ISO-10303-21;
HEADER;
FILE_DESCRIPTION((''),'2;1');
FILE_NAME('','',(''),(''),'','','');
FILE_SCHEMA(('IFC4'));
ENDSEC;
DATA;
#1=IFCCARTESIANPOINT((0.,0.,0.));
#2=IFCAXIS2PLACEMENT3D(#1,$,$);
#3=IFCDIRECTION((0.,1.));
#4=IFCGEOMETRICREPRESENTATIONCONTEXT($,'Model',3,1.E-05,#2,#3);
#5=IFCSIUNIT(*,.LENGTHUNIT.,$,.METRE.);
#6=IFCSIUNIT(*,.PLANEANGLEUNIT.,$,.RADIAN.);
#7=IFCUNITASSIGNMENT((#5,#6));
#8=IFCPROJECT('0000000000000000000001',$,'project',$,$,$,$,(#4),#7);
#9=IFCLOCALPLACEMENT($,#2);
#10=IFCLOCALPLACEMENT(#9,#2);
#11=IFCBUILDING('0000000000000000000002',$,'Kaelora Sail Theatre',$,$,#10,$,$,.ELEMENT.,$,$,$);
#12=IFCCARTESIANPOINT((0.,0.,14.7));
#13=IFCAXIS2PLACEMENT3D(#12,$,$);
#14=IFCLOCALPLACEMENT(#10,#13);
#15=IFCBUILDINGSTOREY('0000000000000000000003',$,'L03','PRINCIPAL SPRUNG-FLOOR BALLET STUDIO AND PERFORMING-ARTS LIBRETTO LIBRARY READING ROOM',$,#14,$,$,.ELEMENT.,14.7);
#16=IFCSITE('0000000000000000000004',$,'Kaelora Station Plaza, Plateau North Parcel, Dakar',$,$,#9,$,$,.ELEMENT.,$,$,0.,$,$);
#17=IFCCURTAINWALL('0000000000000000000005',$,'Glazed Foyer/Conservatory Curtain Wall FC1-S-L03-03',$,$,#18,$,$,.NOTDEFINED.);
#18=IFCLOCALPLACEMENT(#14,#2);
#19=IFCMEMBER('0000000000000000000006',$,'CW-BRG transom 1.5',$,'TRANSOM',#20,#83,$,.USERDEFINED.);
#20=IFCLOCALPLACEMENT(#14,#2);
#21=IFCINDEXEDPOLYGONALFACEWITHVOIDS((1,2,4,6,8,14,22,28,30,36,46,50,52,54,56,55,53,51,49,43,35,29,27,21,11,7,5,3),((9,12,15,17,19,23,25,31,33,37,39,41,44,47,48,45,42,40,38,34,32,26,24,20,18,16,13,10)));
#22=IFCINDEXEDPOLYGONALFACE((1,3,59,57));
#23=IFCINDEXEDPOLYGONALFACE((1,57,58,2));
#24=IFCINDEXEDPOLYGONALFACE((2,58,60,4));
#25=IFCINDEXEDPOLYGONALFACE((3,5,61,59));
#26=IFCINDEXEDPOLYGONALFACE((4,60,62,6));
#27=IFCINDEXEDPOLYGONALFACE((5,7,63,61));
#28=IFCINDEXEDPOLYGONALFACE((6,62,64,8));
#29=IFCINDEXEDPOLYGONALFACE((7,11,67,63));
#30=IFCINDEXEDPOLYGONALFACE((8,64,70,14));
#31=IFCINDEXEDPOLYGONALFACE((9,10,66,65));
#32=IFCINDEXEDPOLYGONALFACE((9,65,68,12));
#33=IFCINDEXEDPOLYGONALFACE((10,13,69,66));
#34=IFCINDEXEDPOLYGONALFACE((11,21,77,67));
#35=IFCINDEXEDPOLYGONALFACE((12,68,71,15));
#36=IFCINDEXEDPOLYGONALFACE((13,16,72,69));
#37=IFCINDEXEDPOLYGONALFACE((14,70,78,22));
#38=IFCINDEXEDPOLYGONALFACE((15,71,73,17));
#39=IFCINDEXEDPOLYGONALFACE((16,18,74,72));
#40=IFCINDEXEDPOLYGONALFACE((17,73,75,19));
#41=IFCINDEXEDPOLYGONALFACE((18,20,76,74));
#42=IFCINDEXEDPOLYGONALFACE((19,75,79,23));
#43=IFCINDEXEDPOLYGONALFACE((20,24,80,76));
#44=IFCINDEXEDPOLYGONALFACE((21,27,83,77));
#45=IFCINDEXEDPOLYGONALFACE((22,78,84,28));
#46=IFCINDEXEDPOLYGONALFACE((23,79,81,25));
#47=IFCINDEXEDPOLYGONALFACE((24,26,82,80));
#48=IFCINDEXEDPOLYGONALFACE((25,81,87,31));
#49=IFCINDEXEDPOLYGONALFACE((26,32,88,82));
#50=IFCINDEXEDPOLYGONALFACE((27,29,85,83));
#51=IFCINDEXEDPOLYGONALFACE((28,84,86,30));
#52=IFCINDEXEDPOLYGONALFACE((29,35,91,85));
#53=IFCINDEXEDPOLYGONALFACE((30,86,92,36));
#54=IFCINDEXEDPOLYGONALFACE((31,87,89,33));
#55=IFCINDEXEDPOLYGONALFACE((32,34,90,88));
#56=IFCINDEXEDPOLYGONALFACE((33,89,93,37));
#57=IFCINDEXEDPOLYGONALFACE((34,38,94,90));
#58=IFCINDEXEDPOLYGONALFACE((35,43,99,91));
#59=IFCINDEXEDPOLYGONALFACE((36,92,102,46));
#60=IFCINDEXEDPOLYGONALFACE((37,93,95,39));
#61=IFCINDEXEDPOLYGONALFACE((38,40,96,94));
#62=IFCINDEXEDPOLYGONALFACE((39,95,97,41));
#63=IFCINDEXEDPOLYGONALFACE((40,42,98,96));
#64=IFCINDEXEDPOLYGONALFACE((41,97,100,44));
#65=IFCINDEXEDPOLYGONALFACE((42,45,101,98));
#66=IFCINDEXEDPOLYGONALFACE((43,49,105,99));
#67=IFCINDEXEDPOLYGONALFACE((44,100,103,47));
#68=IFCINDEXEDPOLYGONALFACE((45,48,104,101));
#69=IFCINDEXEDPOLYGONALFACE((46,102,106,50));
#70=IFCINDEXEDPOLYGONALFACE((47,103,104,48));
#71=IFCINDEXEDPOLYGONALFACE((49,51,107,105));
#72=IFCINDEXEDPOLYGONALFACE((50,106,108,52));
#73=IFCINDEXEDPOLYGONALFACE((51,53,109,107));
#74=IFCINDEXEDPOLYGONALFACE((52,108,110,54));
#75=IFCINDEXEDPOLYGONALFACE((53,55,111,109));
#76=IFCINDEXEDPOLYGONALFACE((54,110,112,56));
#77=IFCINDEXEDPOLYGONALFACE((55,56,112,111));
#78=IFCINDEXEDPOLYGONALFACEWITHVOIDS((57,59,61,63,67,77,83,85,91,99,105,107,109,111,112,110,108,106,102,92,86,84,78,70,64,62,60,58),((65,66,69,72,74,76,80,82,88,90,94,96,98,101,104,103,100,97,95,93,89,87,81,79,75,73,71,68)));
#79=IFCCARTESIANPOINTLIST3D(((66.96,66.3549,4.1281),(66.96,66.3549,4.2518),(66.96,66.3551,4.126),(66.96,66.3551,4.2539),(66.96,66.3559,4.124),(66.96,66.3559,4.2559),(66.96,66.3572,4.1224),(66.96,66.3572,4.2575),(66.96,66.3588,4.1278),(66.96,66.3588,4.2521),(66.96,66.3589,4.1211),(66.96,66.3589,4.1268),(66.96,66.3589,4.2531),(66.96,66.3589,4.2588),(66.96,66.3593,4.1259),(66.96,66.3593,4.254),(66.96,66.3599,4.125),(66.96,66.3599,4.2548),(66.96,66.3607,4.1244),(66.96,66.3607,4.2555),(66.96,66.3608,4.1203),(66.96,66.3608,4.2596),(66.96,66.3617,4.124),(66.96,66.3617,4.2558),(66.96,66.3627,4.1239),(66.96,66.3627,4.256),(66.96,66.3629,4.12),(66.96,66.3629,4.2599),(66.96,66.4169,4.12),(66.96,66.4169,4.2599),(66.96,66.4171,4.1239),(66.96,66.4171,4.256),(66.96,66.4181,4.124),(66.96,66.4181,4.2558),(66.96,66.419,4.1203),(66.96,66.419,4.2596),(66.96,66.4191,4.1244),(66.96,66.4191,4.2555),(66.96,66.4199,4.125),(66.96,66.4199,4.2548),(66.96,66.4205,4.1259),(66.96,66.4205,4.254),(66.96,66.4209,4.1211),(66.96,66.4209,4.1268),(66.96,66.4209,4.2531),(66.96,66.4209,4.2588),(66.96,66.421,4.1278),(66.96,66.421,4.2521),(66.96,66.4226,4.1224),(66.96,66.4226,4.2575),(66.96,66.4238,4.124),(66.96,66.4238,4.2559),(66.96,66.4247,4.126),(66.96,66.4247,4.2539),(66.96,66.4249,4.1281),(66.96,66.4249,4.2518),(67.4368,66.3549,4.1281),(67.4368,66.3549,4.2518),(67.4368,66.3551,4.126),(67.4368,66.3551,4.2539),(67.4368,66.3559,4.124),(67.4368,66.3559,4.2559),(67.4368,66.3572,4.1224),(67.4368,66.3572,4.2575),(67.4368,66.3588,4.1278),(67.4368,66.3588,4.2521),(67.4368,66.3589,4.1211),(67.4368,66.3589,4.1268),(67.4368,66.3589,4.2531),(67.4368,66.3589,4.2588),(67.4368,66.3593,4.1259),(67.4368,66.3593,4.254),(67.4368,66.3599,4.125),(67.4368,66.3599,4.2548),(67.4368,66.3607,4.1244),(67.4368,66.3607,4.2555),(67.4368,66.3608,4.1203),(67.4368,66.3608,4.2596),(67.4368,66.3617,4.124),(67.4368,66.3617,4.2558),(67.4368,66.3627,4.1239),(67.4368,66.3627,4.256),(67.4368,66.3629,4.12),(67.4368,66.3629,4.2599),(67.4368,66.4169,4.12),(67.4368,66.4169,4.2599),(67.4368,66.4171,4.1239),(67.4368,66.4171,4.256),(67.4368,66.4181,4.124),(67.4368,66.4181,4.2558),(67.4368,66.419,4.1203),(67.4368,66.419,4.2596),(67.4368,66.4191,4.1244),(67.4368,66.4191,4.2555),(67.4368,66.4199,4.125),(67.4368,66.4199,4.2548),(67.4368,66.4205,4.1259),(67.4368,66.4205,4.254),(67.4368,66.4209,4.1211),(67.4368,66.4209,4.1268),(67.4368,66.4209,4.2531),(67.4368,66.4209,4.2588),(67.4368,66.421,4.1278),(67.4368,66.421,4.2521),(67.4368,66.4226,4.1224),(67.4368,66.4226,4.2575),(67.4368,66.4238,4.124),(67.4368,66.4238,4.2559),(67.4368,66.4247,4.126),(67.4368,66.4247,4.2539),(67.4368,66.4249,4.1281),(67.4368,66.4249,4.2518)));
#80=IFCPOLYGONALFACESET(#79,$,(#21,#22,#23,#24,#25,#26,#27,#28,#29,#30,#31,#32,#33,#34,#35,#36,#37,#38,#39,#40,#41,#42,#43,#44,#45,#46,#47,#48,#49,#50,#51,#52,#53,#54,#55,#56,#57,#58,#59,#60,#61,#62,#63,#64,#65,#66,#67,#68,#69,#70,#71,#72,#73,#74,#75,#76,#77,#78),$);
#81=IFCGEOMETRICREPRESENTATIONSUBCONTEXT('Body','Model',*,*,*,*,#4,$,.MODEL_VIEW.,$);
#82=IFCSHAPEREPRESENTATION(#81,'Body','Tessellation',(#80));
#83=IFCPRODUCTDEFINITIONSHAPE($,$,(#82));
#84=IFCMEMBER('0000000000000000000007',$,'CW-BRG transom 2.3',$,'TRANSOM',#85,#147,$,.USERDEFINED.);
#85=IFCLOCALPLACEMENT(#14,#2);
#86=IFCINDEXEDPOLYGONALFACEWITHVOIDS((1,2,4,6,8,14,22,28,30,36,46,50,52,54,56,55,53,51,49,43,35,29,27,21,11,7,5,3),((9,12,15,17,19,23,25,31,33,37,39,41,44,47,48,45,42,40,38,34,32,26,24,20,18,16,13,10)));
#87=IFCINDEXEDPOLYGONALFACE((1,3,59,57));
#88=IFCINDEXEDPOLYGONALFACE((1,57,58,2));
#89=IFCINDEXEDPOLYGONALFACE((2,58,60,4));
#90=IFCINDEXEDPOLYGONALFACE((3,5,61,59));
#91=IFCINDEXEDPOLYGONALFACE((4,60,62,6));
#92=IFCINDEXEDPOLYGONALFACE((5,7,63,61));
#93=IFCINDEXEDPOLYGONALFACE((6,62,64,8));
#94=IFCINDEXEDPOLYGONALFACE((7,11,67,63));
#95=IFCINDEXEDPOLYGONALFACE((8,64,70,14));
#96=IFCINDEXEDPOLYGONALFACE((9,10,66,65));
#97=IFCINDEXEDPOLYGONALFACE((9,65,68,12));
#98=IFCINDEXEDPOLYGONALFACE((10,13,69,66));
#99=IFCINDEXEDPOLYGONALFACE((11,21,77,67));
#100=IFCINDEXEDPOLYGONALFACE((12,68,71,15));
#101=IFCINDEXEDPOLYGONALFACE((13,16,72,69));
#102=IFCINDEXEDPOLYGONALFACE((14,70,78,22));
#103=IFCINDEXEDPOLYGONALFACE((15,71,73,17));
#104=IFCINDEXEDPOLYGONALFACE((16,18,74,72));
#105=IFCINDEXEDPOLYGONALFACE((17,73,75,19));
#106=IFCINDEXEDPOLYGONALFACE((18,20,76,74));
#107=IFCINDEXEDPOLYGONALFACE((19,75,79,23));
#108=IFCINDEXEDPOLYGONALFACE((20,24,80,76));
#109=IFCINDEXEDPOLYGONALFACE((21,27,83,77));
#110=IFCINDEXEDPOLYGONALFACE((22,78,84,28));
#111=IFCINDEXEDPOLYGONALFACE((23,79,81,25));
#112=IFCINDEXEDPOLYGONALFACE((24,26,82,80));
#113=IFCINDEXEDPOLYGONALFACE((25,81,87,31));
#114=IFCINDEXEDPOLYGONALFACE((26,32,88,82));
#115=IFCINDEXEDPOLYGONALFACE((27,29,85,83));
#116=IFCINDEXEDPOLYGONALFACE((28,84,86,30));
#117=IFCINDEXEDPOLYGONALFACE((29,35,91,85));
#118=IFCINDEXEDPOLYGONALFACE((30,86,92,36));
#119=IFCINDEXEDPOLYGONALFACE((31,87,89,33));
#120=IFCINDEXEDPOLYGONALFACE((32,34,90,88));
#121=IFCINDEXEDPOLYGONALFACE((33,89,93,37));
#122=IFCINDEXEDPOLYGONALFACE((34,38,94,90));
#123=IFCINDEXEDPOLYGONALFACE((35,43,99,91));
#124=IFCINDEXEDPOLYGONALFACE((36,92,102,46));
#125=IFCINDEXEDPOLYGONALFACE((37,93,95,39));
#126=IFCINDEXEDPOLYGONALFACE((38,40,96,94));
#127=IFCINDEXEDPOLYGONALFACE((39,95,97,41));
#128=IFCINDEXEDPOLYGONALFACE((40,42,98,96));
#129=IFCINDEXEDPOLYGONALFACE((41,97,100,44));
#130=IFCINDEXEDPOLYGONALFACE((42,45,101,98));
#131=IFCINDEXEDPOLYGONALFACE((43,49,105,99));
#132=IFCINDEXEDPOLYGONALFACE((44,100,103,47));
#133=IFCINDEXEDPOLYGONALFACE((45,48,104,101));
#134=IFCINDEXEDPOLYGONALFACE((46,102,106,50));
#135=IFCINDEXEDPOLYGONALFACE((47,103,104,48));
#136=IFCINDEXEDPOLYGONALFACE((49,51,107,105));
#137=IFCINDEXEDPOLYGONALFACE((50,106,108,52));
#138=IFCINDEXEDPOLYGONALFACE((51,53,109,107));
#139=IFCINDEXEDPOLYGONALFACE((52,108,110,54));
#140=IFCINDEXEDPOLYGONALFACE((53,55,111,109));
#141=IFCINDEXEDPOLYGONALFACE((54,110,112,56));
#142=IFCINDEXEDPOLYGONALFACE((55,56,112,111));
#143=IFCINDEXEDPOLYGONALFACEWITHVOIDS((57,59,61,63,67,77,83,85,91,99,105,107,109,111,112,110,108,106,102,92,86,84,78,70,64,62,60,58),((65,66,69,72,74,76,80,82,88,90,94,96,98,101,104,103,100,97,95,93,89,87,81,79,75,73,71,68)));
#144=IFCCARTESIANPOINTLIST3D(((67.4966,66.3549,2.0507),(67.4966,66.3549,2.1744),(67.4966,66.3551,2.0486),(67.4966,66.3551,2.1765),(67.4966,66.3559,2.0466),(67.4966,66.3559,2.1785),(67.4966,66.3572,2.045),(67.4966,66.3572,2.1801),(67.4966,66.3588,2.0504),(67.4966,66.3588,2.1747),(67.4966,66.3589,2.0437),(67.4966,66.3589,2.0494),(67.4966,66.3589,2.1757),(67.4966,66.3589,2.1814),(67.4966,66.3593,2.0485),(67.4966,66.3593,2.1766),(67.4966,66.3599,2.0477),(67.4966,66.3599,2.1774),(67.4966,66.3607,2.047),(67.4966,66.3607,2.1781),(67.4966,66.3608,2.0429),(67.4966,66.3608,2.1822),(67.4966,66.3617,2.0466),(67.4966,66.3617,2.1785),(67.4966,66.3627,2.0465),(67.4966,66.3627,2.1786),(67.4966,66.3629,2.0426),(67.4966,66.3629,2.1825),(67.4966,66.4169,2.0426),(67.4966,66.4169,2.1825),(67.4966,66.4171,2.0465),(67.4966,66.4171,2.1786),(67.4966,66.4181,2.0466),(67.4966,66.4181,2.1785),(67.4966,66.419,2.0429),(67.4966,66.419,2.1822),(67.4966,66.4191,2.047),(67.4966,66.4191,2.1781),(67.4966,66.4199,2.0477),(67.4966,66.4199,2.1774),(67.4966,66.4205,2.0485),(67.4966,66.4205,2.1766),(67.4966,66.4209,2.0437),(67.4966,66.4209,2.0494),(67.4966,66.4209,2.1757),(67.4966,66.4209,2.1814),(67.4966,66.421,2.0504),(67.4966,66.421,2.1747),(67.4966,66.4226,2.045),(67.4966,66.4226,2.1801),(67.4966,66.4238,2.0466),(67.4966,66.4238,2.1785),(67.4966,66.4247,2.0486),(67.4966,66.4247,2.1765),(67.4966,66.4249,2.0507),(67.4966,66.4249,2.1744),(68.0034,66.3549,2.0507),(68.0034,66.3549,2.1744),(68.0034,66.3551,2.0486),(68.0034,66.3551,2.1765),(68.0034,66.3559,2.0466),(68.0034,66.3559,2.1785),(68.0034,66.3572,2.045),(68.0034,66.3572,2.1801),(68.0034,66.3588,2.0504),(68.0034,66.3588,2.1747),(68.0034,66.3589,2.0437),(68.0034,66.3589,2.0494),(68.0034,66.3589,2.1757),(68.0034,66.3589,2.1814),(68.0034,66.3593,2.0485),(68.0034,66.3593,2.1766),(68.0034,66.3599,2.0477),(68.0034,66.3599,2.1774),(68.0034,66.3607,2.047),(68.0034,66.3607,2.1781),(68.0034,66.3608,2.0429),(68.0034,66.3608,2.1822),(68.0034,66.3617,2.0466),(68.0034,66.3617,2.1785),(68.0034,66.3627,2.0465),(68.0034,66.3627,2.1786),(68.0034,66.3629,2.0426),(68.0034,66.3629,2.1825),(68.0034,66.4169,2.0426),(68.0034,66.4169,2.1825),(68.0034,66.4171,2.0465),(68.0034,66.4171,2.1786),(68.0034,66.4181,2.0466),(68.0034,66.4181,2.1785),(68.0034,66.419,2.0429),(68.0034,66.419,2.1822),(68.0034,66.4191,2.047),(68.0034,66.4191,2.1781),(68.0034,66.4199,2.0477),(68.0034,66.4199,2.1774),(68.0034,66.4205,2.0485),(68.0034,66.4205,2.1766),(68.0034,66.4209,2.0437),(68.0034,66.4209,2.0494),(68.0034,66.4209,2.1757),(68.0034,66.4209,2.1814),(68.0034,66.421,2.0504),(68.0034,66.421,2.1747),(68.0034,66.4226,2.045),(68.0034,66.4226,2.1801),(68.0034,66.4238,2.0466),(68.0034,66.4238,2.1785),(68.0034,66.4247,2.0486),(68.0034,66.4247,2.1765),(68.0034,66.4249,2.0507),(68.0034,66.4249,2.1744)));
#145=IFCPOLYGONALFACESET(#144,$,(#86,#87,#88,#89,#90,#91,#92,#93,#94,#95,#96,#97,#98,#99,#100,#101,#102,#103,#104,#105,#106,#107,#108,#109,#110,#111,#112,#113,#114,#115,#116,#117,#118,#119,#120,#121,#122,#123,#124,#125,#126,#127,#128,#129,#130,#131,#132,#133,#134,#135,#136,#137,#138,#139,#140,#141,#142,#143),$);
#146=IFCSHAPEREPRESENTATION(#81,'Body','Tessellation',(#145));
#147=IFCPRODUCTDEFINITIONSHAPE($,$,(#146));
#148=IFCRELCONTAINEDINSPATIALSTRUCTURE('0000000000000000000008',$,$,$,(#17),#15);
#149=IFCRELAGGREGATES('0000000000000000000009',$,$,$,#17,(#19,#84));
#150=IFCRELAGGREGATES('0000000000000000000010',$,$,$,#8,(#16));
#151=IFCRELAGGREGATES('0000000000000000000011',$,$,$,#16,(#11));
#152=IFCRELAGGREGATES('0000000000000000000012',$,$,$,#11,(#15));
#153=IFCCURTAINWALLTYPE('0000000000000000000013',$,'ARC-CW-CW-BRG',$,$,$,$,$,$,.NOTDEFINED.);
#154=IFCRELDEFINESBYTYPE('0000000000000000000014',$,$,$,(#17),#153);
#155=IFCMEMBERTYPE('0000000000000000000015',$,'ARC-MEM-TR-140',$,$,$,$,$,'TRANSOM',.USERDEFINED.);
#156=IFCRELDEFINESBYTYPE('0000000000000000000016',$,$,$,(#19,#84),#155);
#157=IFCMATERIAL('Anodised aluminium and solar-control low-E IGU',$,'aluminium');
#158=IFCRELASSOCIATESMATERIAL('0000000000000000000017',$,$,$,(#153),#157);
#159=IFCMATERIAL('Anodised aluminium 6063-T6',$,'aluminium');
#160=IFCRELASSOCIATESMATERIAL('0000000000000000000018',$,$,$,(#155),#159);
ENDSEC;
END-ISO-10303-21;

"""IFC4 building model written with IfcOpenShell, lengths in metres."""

from ifc_helpers import new_model, si_unit, direction, frame, origin, origin_2d, place, context, subcontext, project, spatial, hollow_rectangle, extrude, material, material_profile, profile_set, type_object, element, aggregate, save


model = new_model("IFC4")

# Units and contexts
model_context = context("Model", 3, precision=1e-05, world=origin(), true_north=direction((0.0, 1.0)))
body_context = subcontext(model_context, "Body", "Model", "MODEL_VIEW")
ifc_project = project(units=[si_unit("LENGTHUNIT", "METRE"), si_unit("PLANEANGLEUNIT", "RADIAN")], contexts=[model_context])

# Site, building, storey
site_placement = place(None, origin())
site = spatial("IfcSite", under=ifc_project, at=site_placement, Name="Kaelora Station Plaza, Plateau North Parcel, Dakar", CompositionType="ELEMENT", RefElevation=0.0)
building_placement = place(site_placement, origin())
building = spatial("IfcBuilding", under=site, at=building_placement, Name="Kaelora Sail Theatre", CompositionType="ELEMENT")
storey_placement = place(building_placement, frame((0.0, 0.0, 14.7)))
storey = spatial("IfcBuildingStorey", under=building, at=storey_placement, Name="L03", Description="PRINCIPAL SPRUNG-FLOOR BALLET STUDIO AND PERFORMING-ARTS LIBRETTO LIBRARY READING ROOM", CompositionType="ELEMENT", Elevation=14.7)

# Curtain wall, members
ifc_material_1 = material(Name="Anodised aluminium and solar-control low-E IGU", Category="aluminium")
curtain_wall_type = type_object("IfcCurtainWallType", Name="ARC-CW-CW-BRG", PredefinedType="NOTDEFINED", material=ifc_material_1)
curtain_wall_1_placement = place(storey_placement, origin())
curtain_wall_1 = element("IfcCurtainWall", 1, at=curtain_wall_1_placement, inside=storey, type_object=curtain_wall_type, Name="Glazed Foyer/Conservatory Curtain Wall FC1-S-L03-03", PredefinedType="NOTDEFINED")
ifc_material_2 = material(Name="Anodised aluminium 6063-T6", Category="aluminium")
ifc_material_profile = material_profile(ifc_material_2, hollow_rectangle(XDim=0.0701, YDim=0.1399, WallThickness=0.0039, InnerFilletRadius=0.0039, OuterFilletRadius=0.0081, at=origin_2d()), Name="ALU-TRAN 70x140x4")
ifc_profile_set = profile_set([ifc_material_profile], Name="Anodised aluminium 6063-T6")
member_type = type_object("IfcMemberType", Name="ARC-MEM-TR-140", ElementType="TRANSOM", PredefinedType="USERDEFINED", material=ifc_profile_set)
member_1_placement = place(storey_placement, frame((66.96, 66.3899, 4.1899), z_axis=(1.0, 0.0, 0.0), x_axis=(0.0, 1.0, 0.0)))
member_1 = element("IfcMember", 2, at=member_1_placement, type_object=member_type, Name="CW-BRG transom 1.5", ObjectType="TRANSOM", PredefinedType="USERDEFINED", context=body_context, shape_type="SweptSolid", body=[
    extrude(hollow_rectangle(XDim=0.0701, YDim=0.1399, WallThickness=0.0039, InnerFilletRadius=0.0039, OuterFilletRadius=0.0081, at=origin_2d()), origin(), (0.0, 0.0, 1.0), 0.4768),
])
member_2_placement = place(storey_placement, frame((67.4966, 66.3899, 2.1125), z_axis=(1.0, 0.0, 0.0), x_axis=(0.0, 1.0, 0.0)))
member_2 = element("IfcMember", 3, at=member_2_placement, type_object=member_type, Name="CW-BRG transom 2.3", ObjectType="TRANSOM", PredefinedType="USERDEFINED", context=body_context, shape_type="SweptSolid", body=[
    extrude(hollow_rectangle(XDim=0.0701, YDim=0.1399, WallThickness=0.0039, InnerFilletRadius=0.0039, OuterFilletRadius=0.0081, at=origin_2d()), origin(), (0.0, 0.0, 1.0), 0.5068),
])

aggregate(curtain_wall_1, [member_1, member_2])

save(model, "model.ifc")
